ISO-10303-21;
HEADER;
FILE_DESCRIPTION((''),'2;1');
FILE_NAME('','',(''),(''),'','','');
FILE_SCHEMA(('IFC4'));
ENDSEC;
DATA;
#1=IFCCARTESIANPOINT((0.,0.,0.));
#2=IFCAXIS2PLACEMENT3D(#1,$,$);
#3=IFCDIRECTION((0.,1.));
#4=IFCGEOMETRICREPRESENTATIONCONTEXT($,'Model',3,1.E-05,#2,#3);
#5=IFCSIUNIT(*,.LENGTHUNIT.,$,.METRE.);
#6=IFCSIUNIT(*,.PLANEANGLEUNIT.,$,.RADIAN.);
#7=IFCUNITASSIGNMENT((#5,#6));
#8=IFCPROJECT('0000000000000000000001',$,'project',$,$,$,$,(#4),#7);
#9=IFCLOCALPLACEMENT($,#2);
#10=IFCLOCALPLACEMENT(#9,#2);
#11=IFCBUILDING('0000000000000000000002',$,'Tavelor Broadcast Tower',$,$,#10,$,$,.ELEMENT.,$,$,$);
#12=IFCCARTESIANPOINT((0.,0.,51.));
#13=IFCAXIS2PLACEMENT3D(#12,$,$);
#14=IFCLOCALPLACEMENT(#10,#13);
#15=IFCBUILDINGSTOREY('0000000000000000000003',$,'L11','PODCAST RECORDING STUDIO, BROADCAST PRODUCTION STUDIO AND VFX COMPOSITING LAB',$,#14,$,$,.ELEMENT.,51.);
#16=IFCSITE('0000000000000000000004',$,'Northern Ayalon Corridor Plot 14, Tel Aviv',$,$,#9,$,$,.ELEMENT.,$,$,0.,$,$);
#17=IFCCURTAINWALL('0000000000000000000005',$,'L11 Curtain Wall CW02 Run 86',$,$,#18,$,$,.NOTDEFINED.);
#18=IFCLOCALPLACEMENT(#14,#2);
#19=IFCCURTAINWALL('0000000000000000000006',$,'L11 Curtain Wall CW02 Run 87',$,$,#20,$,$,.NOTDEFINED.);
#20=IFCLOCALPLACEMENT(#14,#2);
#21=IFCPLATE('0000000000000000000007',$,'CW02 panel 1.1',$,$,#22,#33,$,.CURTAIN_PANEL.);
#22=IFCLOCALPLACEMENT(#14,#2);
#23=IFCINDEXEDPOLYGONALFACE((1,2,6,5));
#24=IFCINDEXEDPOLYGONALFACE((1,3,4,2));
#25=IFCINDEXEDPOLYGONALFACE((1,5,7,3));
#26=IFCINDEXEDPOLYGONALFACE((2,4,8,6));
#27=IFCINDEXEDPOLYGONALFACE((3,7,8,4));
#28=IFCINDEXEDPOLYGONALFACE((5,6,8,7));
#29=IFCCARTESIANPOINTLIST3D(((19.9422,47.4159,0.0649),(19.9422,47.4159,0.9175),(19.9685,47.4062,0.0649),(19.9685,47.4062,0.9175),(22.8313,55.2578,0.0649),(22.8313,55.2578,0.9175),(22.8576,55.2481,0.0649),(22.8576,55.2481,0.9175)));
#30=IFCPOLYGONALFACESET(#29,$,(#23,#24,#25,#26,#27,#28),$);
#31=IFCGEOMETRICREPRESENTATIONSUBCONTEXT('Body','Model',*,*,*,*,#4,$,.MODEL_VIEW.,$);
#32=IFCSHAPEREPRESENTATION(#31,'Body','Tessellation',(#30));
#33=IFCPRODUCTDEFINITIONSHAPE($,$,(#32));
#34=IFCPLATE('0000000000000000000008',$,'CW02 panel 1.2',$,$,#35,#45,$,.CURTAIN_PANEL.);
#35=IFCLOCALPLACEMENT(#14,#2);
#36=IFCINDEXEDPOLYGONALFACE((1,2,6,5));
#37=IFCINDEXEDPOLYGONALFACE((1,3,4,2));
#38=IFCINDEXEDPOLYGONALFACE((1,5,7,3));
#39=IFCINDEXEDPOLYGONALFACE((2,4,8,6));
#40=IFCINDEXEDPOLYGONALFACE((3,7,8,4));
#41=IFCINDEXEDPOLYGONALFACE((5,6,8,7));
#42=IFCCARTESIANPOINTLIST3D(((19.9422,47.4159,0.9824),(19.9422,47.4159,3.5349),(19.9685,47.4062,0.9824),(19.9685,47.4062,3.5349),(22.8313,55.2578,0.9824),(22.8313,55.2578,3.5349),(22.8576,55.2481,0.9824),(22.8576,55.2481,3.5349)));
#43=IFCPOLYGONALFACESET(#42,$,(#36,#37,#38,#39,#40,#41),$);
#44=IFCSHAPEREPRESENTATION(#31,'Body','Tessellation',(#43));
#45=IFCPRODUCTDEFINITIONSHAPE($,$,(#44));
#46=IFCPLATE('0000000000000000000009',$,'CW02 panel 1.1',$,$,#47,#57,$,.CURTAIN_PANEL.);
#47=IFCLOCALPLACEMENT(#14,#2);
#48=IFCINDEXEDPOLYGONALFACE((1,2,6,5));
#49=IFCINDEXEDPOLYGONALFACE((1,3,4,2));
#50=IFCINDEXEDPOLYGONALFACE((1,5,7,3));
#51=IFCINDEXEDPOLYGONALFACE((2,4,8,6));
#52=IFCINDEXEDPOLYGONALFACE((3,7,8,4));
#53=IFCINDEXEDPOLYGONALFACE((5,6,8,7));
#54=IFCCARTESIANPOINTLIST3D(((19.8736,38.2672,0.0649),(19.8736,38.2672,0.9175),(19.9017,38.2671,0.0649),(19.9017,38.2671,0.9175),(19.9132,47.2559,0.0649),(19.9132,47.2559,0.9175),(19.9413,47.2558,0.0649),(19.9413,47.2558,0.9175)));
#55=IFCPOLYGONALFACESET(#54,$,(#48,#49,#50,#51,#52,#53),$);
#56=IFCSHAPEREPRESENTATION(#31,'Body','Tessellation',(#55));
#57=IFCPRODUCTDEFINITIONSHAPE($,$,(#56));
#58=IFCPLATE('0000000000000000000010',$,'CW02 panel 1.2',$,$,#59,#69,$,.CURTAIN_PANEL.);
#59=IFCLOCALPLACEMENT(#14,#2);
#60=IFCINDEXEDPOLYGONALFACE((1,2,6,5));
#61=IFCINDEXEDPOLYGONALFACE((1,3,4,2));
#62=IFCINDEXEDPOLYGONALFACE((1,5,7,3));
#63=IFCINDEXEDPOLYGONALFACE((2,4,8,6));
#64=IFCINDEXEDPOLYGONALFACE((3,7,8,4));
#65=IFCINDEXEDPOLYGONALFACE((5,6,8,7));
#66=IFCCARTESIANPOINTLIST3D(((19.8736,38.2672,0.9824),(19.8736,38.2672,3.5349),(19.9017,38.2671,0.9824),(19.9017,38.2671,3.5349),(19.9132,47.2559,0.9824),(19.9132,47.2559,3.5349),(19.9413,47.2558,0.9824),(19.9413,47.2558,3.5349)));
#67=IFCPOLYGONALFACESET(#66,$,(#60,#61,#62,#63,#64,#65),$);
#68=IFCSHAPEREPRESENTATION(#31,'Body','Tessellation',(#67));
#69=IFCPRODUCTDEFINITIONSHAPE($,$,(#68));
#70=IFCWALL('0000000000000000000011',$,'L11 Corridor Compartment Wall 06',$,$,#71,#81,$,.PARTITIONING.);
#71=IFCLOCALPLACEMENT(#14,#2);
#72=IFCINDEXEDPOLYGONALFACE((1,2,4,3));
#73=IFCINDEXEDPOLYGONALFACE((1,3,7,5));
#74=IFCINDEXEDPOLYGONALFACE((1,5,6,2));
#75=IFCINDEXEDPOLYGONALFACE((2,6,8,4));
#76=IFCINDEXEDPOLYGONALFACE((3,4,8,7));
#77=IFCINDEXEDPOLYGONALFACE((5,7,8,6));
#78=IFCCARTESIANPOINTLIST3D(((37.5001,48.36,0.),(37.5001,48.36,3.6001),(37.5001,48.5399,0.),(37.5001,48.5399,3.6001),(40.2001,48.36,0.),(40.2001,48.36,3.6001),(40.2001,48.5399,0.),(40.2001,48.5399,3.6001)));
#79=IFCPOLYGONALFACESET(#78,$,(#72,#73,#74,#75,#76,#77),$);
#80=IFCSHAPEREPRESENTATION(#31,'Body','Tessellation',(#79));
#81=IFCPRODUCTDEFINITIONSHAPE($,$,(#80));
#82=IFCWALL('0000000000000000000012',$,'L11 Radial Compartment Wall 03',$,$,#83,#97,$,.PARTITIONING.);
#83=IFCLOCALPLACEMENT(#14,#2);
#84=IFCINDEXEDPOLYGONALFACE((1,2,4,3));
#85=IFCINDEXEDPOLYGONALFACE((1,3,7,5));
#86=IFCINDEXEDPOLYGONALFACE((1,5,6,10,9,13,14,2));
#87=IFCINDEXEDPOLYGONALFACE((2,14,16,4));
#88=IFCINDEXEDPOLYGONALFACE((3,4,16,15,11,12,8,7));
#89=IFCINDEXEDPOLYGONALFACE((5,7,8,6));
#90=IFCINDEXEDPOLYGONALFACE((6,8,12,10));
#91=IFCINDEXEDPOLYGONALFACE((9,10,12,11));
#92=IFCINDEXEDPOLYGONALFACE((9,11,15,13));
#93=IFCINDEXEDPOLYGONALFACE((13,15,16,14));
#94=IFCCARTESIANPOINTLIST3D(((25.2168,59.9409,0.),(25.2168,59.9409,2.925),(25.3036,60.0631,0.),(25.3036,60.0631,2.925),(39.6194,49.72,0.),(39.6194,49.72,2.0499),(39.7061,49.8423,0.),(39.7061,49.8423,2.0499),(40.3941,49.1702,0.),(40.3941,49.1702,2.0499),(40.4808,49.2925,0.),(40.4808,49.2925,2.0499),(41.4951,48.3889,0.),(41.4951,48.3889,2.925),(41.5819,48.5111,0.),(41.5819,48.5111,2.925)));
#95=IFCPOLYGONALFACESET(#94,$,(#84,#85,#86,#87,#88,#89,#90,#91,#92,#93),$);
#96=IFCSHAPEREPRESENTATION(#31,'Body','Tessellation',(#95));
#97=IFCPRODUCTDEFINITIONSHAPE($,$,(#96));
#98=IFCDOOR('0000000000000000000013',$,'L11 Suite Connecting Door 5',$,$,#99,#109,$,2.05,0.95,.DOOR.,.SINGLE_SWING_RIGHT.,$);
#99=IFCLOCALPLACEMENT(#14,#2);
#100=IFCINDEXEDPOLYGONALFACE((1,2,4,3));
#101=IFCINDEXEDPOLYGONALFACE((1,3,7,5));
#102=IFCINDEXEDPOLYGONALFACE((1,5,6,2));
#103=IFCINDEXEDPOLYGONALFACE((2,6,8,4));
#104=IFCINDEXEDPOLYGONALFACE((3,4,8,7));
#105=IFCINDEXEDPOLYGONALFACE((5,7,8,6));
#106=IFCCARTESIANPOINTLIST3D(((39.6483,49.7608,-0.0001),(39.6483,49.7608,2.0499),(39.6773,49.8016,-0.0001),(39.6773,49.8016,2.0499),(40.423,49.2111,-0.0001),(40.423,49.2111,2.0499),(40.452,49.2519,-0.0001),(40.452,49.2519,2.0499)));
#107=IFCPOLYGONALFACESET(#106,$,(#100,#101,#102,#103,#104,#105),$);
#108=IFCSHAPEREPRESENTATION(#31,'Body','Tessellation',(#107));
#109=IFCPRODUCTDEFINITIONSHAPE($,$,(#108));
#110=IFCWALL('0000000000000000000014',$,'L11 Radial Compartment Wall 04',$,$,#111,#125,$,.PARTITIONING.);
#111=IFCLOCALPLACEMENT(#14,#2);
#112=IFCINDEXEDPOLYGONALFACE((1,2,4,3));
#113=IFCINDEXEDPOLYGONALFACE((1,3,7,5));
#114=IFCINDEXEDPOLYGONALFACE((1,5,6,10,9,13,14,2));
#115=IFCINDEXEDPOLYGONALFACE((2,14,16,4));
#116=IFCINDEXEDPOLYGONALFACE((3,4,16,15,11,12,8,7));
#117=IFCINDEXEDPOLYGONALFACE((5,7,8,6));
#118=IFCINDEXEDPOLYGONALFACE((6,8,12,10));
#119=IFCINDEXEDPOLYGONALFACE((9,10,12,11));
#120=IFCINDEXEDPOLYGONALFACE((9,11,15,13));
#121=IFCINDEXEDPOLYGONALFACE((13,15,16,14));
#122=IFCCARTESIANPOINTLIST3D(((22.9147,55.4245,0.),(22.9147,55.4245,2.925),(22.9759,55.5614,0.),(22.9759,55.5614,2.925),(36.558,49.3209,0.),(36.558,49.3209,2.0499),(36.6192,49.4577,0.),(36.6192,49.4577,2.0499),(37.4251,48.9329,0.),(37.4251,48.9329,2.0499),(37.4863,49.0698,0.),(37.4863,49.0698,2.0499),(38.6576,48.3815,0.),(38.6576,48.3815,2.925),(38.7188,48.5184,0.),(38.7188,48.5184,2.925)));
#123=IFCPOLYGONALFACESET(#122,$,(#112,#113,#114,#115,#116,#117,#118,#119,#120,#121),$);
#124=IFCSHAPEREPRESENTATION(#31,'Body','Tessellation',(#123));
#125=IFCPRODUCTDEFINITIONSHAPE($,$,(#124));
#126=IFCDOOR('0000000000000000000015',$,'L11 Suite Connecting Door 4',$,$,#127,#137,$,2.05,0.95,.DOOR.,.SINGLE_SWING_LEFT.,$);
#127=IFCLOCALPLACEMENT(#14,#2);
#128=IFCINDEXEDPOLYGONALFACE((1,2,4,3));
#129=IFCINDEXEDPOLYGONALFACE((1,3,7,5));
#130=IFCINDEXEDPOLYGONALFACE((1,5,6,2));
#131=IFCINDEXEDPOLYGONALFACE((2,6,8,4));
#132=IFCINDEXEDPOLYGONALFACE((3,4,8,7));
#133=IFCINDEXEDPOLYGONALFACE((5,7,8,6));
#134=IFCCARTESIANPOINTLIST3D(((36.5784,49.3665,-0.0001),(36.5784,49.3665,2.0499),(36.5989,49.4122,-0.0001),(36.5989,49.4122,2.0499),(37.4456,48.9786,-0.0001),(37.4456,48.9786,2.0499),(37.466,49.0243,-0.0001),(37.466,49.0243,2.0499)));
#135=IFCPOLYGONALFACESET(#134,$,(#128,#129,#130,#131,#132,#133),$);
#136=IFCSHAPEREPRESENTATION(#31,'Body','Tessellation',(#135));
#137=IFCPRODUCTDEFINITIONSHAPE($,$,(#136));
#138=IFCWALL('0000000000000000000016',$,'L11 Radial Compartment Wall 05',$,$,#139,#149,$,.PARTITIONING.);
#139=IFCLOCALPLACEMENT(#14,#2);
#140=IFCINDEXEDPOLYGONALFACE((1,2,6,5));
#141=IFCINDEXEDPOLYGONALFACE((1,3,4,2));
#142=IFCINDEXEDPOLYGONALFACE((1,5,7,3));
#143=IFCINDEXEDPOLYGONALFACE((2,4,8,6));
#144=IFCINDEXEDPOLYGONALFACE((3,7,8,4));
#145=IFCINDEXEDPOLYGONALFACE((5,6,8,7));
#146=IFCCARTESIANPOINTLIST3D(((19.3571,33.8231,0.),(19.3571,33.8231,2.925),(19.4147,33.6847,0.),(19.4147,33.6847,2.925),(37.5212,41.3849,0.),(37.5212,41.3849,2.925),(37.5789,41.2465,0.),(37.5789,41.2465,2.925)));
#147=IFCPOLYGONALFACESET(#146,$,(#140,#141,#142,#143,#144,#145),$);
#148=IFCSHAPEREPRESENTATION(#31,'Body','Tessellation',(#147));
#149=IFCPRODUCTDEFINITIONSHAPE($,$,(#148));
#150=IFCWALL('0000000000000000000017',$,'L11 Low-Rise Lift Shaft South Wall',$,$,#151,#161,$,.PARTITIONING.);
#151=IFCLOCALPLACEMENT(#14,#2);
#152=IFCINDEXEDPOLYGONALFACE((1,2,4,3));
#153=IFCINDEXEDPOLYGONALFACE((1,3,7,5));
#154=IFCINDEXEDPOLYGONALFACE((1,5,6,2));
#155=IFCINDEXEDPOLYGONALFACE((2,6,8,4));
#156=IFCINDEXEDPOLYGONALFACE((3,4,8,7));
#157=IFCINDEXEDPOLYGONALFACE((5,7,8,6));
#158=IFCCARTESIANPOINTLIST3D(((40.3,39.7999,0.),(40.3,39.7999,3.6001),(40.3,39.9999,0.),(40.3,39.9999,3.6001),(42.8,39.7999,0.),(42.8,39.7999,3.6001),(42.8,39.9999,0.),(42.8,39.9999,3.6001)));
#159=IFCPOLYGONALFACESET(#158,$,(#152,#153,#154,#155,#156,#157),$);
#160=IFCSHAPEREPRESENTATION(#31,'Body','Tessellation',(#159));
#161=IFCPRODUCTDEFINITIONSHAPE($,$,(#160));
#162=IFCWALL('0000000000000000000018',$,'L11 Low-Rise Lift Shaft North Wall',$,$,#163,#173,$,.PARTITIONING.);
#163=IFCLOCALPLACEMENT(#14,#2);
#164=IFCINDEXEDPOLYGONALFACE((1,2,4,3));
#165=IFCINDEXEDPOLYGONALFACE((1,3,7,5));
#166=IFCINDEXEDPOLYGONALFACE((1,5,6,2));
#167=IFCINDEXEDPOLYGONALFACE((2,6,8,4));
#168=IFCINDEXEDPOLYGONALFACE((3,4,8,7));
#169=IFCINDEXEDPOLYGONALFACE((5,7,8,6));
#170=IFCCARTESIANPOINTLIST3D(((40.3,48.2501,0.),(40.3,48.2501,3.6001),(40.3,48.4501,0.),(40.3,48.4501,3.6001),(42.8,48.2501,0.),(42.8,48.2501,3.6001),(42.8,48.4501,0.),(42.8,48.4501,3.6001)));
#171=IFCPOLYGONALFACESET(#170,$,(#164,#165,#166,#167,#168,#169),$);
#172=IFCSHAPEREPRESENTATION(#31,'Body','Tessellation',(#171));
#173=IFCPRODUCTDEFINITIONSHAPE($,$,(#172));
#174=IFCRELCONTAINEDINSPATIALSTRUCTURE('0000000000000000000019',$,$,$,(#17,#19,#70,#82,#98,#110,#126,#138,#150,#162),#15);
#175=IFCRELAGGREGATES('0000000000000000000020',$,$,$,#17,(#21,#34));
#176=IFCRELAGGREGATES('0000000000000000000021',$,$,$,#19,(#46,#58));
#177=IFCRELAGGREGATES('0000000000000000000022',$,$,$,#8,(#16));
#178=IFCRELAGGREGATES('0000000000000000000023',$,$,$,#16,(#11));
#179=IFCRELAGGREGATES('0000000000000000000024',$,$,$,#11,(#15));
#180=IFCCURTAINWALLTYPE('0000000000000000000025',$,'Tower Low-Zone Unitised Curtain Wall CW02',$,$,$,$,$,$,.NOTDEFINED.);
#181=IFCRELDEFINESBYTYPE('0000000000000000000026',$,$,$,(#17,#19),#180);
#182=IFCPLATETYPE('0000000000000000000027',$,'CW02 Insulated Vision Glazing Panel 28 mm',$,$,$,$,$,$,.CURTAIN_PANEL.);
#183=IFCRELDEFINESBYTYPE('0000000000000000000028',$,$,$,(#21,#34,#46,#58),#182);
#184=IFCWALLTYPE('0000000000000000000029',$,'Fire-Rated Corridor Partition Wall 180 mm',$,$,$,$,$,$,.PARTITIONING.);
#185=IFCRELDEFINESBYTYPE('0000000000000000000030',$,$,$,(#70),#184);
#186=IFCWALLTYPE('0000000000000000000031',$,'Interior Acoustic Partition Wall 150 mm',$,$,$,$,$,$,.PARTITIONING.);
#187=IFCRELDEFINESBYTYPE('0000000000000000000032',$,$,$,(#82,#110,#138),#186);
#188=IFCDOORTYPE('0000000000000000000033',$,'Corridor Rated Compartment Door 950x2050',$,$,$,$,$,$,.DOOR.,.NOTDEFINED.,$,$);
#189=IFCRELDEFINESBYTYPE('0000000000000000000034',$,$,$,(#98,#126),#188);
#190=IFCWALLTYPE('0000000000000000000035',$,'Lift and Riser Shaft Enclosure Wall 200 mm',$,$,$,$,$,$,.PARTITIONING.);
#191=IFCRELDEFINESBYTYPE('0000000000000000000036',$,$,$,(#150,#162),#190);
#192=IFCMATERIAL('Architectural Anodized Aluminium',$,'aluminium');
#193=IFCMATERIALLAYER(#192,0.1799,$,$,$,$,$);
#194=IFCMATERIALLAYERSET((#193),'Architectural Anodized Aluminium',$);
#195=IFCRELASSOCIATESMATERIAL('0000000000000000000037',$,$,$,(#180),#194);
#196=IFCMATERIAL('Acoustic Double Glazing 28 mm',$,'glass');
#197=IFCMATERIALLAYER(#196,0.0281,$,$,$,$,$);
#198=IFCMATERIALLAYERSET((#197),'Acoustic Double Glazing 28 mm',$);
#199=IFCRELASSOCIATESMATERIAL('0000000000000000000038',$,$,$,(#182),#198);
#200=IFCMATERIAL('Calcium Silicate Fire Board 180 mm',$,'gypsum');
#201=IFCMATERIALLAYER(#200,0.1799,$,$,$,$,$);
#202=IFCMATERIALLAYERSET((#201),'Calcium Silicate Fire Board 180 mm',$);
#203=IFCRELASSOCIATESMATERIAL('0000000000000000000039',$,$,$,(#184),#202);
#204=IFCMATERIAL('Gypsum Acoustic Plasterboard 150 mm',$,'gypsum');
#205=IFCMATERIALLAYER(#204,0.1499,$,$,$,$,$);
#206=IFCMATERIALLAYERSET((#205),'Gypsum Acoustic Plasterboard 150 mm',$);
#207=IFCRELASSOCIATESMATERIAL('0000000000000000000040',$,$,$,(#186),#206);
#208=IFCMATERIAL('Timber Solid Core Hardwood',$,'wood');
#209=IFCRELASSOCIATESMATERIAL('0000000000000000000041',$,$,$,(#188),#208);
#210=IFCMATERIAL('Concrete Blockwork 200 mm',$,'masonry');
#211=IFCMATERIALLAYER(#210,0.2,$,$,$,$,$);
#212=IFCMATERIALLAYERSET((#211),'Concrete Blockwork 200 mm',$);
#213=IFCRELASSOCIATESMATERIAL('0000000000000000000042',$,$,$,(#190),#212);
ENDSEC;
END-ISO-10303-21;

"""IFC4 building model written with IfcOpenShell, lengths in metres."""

from ifc_helpers import new_model, si_unit, direction, frame, frame_2d, origin, origin_2d, place, context, subcontext, project, spatial, rectangle, extrude, source, transform, mapped, material, layer, layer_set, type_object, type_shapes, element, fill, aggregate, save


model = new_model("IFC4")

# Units and contexts
model_context = context("Model", 3, precision=1e-05, world=origin(), true_north=direction((0.0, 1.0)))
body_context = subcontext(model_context, "Body", "Model", "MODEL_VIEW")
ifc_project = project(units=[si_unit("LENGTHUNIT", "METRE"), si_unit("PLANEANGLEUNIT", "RADIAN")], contexts=[model_context])

# Site, building, storey
site_placement = place(None, origin())
site = spatial("IfcSite", under=ifc_project, at=site_placement, Name="Northern Ayalon Corridor Plot 14, Tel Aviv", CompositionType="ELEMENT", RefElevation=0.0)
building_placement = place(site_placement, origin())
building = spatial("IfcBuilding", under=site, at=building_placement, Name="Tavelor Broadcast Tower", CompositionType="ELEMENT")
storey_placement = place(building_placement, frame((0.0, 0.0, 51.0)))
storey = spatial("IfcBuildingStorey", under=building, at=storey_placement, Name="L11", Description="PODCAST RECORDING STUDIO, BROADCAST PRODUCTION STUDIO AND VFX COMPOSITING LAB", CompositionType="ELEMENT", Elevation=51.0)

# Curtain wall
ifc_material_1 = material(Name="Architectural Anodized Aluminium", Category="aluminium")
ifc_layer_1 = layer(ifc_material_1, 0.1799)
ifc_layer_set_1 = layer_set([ifc_layer_1], Name="Architectural Anodized Aluminium")
curtain_wall_type = type_object("IfcCurtainWallType", Name="Tower Low-Zone Unitised Curtain Wall CW02", PredefinedType="NOTDEFINED", material=ifc_layer_set_1)
curtain_wall_1_placement = place(storey_placement, origin())
curtain_wall_1 = element("IfcCurtainWall", 1, at=curtain_wall_1_placement, inside=storey, type_object=curtain_wall_type, Name="L11 Curtain Wall CW02 Run 86", PredefinedType="NOTDEFINED")

# Curtain wall
curtain_wall_2_placement = place(storey_placement, origin())
curtain_wall_2 = element("IfcCurtainWall", 2, at=curtain_wall_2_placement, inside=storey, type_object=curtain_wall_type, Name="L11 Curtain Wall CW02 Run 87", PredefinedType="NOTDEFINED")

# Plates
ifc_material_2 = material(Name="Acoustic Double Glazing 28 mm", Category="glass")
ifc_layer_2 = layer(ifc_material_2, 0.0281)
ifc_layer_set_2 = layer_set([ifc_layer_2], Name="Acoustic Double Glazing 28 mm")
plate_type_1 = type_object("IfcPlateType", Name="CW02 Insulated Vision Glazing Panel 28 mm", PredefinedType="CURTAIN_PANEL", material=ifc_layer_set_2)
shared_shape_1 = source(origin(), body_context, "Body", "SweptSolid", [
    extrude(rectangle(XDim=8.3572, YDim=0.0281, at=origin_2d()), origin(), (0.0, 0.0, 1.0), 0.8525),
])
plate_1_placement = place(storey_placement, frame((21.3999, 51.332, 0.0649), z_axis=(0.0, 0.0, 1.0), x_axis=(-0.345698, -0.938346, 0.0)))
plate_1 = element("IfcPlate", 3, at=plate_1_placement, type_object=plate_type_1, Name="CW02 panel 1.1", PredefinedType="CURTAIN_PANEL", context=body_context, shape_type="MappedRepresentation", body=[
    mapped(shared_shape_1, transform((0.0, 0.0, 0.0), scale=1.0)),
])
shared_shape_2 = source(origin(), body_context, "Body", "SweptSolid", [
    extrude(rectangle(XDim=8.3572, YDim=0.0281, at=origin_2d()), origin(), (0.0, 0.0, 1.0), 2.5525),
])
plate_2_placement = place(storey_placement, frame((21.3999, 51.332, 0.9824), z_axis=(0.0, 0.0, 1.0), x_axis=(-0.345698, -0.938346, 0.0)))
plate_2 = element("IfcPlate", 4, at=plate_2_placement, type_object=plate_type_1, Name="CW02 panel 1.2", PredefinedType="CURTAIN_PANEL", context=body_context, shape_type="MappedRepresentation", body=[
    mapped(shared_shape_2, transform((0.0, 0.0, 0.0), scale=1.0)),
])
aggregate(curtain_wall_1, [plate_1, plate_2])
shared_shape_3 = source(origin(), body_context, "Body", "SweptSolid", [
    extrude(rectangle(XDim=8.9888, YDim=0.0281, at=origin_2d()), origin(), (0.0, 0.0, 1.0), 0.8525),
])
plate_3_placement = place(storey_placement, frame((19.9075, 42.7615, 0.0649), z_axis=(0.0, 0.0, 1.0), x_axis=(-0.004408, -0.99999, 0.0)))
plate_3 = element("IfcPlate", 5, at=plate_3_placement, type_object=plate_type_1, Name="CW02 panel 1.1", PredefinedType="CURTAIN_PANEL", context=body_context, shape_type="MappedRepresentation", body=[
    mapped(shared_shape_3, transform((0.0, 0.0, 0.0), scale=1.0)),
])
shared_shape_4 = source(origin(), body_context, "Body", "SweptSolid", [
    extrude(rectangle(XDim=8.9888, YDim=0.0281, at=origin_2d()), origin(), (0.0, 0.0, 1.0), 2.5525),
])
type_shapes(plate_type_1, [shared_shape_1, shared_shape_2, shared_shape_3, shared_shape_4])
plate_4_placement = place(storey_placement, frame((19.9075, 42.7615, 0.9824), z_axis=(0.0, 0.0, 1.0), x_axis=(-0.004408, -0.99999, 0.0)))
plate_4 = element("IfcPlate", 6, at=plate_4_placement, type_object=plate_type_1, Name="CW02 panel 1.2", PredefinedType="CURTAIN_PANEL", context=body_context, shape_type="MappedRepresentation", body=[
    mapped(shared_shape_4, transform((0.0, 0.0, 0.0), scale=1.0)),
])
aggregate(curtain_wall_2, [plate_3, plate_4])

# Wall
ifc_material_3 = material(Name="Calcium Silicate Fire Board 180 mm", Category="gypsum")
ifc_layer_3 = layer(ifc_material_3, 0.1799)
ifc_layer_set_3 = layer_set([ifc_layer_3], Name="Calcium Silicate Fire Board 180 mm")
wall_type_1 = type_object("IfcWallType", Name="Fire-Rated Corridor Partition Wall 180 mm", PredefinedType="PARTITIONING", material=ifc_layer_set_3)
wall_1_placement = place(storey_placement, frame((37.5, 48.45, 0.0), z_axis=(0.0, 0.0, 1.0), x_axis=(1.0, 0.0, 0.0)))
element("IfcWall", 7, at=wall_1_placement, inside=storey, type_object=wall_type_1, Name="L11 Corridor Compartment Wall 06", PredefinedType="PARTITIONING", context=body_context, shape_type="SweptSolid", body=[
    extrude(rectangle(XDim=2.7, YDim=0.1799, at=frame_2d((1.3501, 0.0))), origin(), (0.0, 0.0, 1.0), 3.6001),
])

# Walls, openings, doors
ifc_material_4 = material(Name="Gypsum Acoustic Plasterboard 150 mm", Category="gypsum")
ifc_layer_4 = layer(ifc_material_4, 0.1499)
ifc_layer_set_4 = layer_set([ifc_layer_4], Name="Gypsum Acoustic Plasterboard 150 mm")
wall_type_2 = type_object("IfcWallType", Name="Interior Acoustic Partition Wall 150 mm", PredefinedType="PARTITIONING", material=ifc_layer_set_4)
wall_2_placement = place(storey_placement, frame((41.5386, 48.45, 0.0), z_axis=(0.0, 0.0, 1.0), x_axis=(-0.815516, 0.578735, 0.0)))
wall_2 = element("IfcWall", 8, at=wall_2_placement, inside=storey, type_object=wall_type_2, Name="L11 Radial Compartment Wall 03", PredefinedType="PARTITIONING", context=body_context, shape_type="SweptSolid", body=[
    extrude(rectangle(XDim=19.9607, YDim=0.1499, at=frame_2d((9.9805, 0.0))), origin(), (0.0, 0.0, 1.0), 2.925),
])
opening_1_placement = place(wall_2_placement, frame((1.3501, 0.0, 0.0)))
opening_1 = element("IfcOpeningElement", 9, at=opening_1_placement, cuts=wall_2, PredefinedType="OPENING", context=body_context, shape_type="SweptSolid", body=[
    extrude(rectangle(XDim=0.95, YDim=2.05, at=frame_2d((0.4751, 1.0249))), frame((0.0, 0.085, 0.0), z_axis=(0.0, -1.0, 0.0), x_axis=(1.0, 0.0, 0.0)), (0.0, 0.0, 1.0), 0.1699),
])
ifc_material_5 = material(Name="Timber Solid Core Hardwood", Category="wood")
door_type_1 = type_object("IfcDoorType", Name="Corridor Rated Compartment Door 950x2050", OperationType="NOTDEFINED", PredefinedType="DOOR", material=ifc_material_5)
door_1_placement = place(opening_1_placement, origin())
door_1 = element("IfcDoor", 10, at=door_1_placement, inside=storey, type_object=door_type_1, Name="L11 Suite Connecting Door 5", OperationType="SINGLE_SWING_RIGHT", OverallHeight=2.05, OverallWidth=0.95, PredefinedType="DOOR", context=body_context, shape_type="SweptSolid", body=[
    extrude(rectangle(XDim=0.95, YDim=2.05, at=frame_2d((0.4751, 1.0249))), frame((0.0, 0.0249, 0.0), z_axis=(0.0, -1.0, 0.0), x_axis=(1.0, 0.0, 0.0)), (0.0, 0.0, 1.0), 0.05),
])
fill(opening_1, door_1)
wall_3_placement = place(storey_placement, frame((38.6882, 48.45, 0.0), z_axis=(0.0, 0.0, 1.0), x_axis=(-0.912816, 0.40837, 0.0)))
wall_3 = element("IfcWall", 11, at=wall_3_placement, inside=storey, type_object=wall_type_2, Name="L11 Radial Compartment Wall 04", PredefinedType="PARTITIONING", context=body_context, shape_type="SweptSolid", body=[
    extrude(rectangle(XDim=17.2466, YDim=0.1499, at=frame_2d((8.6233, 0.0))), origin(), (0.0, 0.0, 1.0), 2.925),
])
opening_2_placement = place(wall_3_placement, frame((1.3501, 0.0, 0.0)))
opening_2 = element("IfcOpeningElement", 12, at=opening_2_placement, cuts=wall_3, PredefinedType="OPENING", context=body_context, shape_type="SweptSolid", body=[
    extrude(rectangle(XDim=0.95, YDim=2.05, at=frame_2d((0.4751, 1.0249))), frame((0.0, 0.085, 0.0), z_axis=(0.0, -1.0, 0.0), x_axis=(1.0, 0.0, 0.0)), (0.0, 0.0, 1.0), 0.1699),
])
door_2_placement = place(opening_2_placement, origin())
door_2 = element("IfcDoor", 13, at=door_2_placement, inside=storey, type_object=door_type_1, Name="L11 Suite Connecting Door 4", OperationType="SINGLE_SWING_LEFT", OverallHeight=2.05, OverallWidth=0.95, PredefinedType="DOOR", context=body_context, shape_type="SweptSolid", body=[
    extrude(rectangle(XDim=0.95, YDim=2.05, at=frame_2d((0.4751, 1.0249))), frame((0.0, 0.0249, 0.0), z_axis=(0.0, -1.0, 0.0), x_axis=(1.0, 0.0, 0.0)), (0.0, 0.0, 1.0), 0.05),
])
fill(opening_2, door_2)

# Wall
wall_4_placement = place(storey_placement, frame((37.55, 41.3157, 0.0), z_axis=(0.0, 0.0, 1.0), x_axis=(-0.923196, -0.38433, 0.0)))
element("IfcWall", 14, at=wall_4_placement, inside=storey, type_object=wall_type_2, Name="L11 Radial Compartment Wall 05", PredefinedType="PARTITIONING", context=body_context, shape_type="SweptSolid", body=[
    extrude(rectangle(XDim=19.6753, YDim=0.1499, at=frame_2d((9.8376, 0.0))), origin(), (0.0, 0.0, 1.0), 2.925),
])

# Shared definitions
ifc_material_6 = material(Name="Concrete Blockwork 200 mm", Category="masonry")

# Walls
ifc_layer_5 = layer(ifc_material_6, 0.2)
ifc_layer_set_5 = layer_set([ifc_layer_5], Name="Concrete Blockwork 200 mm")
wall_type_3 = type_object("IfcWallType", Name="Lift and Riser Shaft Enclosure Wall 200 mm", PredefinedType="PARTITIONING", material=ifc_layer_set_5)
for number, where, z_axis, x_axis, name in (
    (15, (40.3, 39.8999, 0.0), (0.0, 0.0, 1.0), (1.0, 0.0, 0.0), "L11 Low-Rise Lift Shaft South Wall"),
    (16, (40.3, 48.3501, 0.0), (0.0, 0.0, 1.0), (1.0, 0.0, 0.0), "L11 Low-Rise Lift Shaft North Wall"),
):
    element("IfcWall", number, at=place(storey_placement, frame(where, z_axis=z_axis, x_axis=x_axis)), inside=storey, type_object=wall_type_3, Name=name, PredefinedType="PARTITIONING", context=body_context, shape_type="SweptSolid", body=[
        extrude(rectangle(XDim=2.5, YDim=0.2, at=frame_2d((1.25, 0.0))), origin(), (0.0, 0.0, 1.0), 3.6001),
    ])

save(model, "model.ifc")
